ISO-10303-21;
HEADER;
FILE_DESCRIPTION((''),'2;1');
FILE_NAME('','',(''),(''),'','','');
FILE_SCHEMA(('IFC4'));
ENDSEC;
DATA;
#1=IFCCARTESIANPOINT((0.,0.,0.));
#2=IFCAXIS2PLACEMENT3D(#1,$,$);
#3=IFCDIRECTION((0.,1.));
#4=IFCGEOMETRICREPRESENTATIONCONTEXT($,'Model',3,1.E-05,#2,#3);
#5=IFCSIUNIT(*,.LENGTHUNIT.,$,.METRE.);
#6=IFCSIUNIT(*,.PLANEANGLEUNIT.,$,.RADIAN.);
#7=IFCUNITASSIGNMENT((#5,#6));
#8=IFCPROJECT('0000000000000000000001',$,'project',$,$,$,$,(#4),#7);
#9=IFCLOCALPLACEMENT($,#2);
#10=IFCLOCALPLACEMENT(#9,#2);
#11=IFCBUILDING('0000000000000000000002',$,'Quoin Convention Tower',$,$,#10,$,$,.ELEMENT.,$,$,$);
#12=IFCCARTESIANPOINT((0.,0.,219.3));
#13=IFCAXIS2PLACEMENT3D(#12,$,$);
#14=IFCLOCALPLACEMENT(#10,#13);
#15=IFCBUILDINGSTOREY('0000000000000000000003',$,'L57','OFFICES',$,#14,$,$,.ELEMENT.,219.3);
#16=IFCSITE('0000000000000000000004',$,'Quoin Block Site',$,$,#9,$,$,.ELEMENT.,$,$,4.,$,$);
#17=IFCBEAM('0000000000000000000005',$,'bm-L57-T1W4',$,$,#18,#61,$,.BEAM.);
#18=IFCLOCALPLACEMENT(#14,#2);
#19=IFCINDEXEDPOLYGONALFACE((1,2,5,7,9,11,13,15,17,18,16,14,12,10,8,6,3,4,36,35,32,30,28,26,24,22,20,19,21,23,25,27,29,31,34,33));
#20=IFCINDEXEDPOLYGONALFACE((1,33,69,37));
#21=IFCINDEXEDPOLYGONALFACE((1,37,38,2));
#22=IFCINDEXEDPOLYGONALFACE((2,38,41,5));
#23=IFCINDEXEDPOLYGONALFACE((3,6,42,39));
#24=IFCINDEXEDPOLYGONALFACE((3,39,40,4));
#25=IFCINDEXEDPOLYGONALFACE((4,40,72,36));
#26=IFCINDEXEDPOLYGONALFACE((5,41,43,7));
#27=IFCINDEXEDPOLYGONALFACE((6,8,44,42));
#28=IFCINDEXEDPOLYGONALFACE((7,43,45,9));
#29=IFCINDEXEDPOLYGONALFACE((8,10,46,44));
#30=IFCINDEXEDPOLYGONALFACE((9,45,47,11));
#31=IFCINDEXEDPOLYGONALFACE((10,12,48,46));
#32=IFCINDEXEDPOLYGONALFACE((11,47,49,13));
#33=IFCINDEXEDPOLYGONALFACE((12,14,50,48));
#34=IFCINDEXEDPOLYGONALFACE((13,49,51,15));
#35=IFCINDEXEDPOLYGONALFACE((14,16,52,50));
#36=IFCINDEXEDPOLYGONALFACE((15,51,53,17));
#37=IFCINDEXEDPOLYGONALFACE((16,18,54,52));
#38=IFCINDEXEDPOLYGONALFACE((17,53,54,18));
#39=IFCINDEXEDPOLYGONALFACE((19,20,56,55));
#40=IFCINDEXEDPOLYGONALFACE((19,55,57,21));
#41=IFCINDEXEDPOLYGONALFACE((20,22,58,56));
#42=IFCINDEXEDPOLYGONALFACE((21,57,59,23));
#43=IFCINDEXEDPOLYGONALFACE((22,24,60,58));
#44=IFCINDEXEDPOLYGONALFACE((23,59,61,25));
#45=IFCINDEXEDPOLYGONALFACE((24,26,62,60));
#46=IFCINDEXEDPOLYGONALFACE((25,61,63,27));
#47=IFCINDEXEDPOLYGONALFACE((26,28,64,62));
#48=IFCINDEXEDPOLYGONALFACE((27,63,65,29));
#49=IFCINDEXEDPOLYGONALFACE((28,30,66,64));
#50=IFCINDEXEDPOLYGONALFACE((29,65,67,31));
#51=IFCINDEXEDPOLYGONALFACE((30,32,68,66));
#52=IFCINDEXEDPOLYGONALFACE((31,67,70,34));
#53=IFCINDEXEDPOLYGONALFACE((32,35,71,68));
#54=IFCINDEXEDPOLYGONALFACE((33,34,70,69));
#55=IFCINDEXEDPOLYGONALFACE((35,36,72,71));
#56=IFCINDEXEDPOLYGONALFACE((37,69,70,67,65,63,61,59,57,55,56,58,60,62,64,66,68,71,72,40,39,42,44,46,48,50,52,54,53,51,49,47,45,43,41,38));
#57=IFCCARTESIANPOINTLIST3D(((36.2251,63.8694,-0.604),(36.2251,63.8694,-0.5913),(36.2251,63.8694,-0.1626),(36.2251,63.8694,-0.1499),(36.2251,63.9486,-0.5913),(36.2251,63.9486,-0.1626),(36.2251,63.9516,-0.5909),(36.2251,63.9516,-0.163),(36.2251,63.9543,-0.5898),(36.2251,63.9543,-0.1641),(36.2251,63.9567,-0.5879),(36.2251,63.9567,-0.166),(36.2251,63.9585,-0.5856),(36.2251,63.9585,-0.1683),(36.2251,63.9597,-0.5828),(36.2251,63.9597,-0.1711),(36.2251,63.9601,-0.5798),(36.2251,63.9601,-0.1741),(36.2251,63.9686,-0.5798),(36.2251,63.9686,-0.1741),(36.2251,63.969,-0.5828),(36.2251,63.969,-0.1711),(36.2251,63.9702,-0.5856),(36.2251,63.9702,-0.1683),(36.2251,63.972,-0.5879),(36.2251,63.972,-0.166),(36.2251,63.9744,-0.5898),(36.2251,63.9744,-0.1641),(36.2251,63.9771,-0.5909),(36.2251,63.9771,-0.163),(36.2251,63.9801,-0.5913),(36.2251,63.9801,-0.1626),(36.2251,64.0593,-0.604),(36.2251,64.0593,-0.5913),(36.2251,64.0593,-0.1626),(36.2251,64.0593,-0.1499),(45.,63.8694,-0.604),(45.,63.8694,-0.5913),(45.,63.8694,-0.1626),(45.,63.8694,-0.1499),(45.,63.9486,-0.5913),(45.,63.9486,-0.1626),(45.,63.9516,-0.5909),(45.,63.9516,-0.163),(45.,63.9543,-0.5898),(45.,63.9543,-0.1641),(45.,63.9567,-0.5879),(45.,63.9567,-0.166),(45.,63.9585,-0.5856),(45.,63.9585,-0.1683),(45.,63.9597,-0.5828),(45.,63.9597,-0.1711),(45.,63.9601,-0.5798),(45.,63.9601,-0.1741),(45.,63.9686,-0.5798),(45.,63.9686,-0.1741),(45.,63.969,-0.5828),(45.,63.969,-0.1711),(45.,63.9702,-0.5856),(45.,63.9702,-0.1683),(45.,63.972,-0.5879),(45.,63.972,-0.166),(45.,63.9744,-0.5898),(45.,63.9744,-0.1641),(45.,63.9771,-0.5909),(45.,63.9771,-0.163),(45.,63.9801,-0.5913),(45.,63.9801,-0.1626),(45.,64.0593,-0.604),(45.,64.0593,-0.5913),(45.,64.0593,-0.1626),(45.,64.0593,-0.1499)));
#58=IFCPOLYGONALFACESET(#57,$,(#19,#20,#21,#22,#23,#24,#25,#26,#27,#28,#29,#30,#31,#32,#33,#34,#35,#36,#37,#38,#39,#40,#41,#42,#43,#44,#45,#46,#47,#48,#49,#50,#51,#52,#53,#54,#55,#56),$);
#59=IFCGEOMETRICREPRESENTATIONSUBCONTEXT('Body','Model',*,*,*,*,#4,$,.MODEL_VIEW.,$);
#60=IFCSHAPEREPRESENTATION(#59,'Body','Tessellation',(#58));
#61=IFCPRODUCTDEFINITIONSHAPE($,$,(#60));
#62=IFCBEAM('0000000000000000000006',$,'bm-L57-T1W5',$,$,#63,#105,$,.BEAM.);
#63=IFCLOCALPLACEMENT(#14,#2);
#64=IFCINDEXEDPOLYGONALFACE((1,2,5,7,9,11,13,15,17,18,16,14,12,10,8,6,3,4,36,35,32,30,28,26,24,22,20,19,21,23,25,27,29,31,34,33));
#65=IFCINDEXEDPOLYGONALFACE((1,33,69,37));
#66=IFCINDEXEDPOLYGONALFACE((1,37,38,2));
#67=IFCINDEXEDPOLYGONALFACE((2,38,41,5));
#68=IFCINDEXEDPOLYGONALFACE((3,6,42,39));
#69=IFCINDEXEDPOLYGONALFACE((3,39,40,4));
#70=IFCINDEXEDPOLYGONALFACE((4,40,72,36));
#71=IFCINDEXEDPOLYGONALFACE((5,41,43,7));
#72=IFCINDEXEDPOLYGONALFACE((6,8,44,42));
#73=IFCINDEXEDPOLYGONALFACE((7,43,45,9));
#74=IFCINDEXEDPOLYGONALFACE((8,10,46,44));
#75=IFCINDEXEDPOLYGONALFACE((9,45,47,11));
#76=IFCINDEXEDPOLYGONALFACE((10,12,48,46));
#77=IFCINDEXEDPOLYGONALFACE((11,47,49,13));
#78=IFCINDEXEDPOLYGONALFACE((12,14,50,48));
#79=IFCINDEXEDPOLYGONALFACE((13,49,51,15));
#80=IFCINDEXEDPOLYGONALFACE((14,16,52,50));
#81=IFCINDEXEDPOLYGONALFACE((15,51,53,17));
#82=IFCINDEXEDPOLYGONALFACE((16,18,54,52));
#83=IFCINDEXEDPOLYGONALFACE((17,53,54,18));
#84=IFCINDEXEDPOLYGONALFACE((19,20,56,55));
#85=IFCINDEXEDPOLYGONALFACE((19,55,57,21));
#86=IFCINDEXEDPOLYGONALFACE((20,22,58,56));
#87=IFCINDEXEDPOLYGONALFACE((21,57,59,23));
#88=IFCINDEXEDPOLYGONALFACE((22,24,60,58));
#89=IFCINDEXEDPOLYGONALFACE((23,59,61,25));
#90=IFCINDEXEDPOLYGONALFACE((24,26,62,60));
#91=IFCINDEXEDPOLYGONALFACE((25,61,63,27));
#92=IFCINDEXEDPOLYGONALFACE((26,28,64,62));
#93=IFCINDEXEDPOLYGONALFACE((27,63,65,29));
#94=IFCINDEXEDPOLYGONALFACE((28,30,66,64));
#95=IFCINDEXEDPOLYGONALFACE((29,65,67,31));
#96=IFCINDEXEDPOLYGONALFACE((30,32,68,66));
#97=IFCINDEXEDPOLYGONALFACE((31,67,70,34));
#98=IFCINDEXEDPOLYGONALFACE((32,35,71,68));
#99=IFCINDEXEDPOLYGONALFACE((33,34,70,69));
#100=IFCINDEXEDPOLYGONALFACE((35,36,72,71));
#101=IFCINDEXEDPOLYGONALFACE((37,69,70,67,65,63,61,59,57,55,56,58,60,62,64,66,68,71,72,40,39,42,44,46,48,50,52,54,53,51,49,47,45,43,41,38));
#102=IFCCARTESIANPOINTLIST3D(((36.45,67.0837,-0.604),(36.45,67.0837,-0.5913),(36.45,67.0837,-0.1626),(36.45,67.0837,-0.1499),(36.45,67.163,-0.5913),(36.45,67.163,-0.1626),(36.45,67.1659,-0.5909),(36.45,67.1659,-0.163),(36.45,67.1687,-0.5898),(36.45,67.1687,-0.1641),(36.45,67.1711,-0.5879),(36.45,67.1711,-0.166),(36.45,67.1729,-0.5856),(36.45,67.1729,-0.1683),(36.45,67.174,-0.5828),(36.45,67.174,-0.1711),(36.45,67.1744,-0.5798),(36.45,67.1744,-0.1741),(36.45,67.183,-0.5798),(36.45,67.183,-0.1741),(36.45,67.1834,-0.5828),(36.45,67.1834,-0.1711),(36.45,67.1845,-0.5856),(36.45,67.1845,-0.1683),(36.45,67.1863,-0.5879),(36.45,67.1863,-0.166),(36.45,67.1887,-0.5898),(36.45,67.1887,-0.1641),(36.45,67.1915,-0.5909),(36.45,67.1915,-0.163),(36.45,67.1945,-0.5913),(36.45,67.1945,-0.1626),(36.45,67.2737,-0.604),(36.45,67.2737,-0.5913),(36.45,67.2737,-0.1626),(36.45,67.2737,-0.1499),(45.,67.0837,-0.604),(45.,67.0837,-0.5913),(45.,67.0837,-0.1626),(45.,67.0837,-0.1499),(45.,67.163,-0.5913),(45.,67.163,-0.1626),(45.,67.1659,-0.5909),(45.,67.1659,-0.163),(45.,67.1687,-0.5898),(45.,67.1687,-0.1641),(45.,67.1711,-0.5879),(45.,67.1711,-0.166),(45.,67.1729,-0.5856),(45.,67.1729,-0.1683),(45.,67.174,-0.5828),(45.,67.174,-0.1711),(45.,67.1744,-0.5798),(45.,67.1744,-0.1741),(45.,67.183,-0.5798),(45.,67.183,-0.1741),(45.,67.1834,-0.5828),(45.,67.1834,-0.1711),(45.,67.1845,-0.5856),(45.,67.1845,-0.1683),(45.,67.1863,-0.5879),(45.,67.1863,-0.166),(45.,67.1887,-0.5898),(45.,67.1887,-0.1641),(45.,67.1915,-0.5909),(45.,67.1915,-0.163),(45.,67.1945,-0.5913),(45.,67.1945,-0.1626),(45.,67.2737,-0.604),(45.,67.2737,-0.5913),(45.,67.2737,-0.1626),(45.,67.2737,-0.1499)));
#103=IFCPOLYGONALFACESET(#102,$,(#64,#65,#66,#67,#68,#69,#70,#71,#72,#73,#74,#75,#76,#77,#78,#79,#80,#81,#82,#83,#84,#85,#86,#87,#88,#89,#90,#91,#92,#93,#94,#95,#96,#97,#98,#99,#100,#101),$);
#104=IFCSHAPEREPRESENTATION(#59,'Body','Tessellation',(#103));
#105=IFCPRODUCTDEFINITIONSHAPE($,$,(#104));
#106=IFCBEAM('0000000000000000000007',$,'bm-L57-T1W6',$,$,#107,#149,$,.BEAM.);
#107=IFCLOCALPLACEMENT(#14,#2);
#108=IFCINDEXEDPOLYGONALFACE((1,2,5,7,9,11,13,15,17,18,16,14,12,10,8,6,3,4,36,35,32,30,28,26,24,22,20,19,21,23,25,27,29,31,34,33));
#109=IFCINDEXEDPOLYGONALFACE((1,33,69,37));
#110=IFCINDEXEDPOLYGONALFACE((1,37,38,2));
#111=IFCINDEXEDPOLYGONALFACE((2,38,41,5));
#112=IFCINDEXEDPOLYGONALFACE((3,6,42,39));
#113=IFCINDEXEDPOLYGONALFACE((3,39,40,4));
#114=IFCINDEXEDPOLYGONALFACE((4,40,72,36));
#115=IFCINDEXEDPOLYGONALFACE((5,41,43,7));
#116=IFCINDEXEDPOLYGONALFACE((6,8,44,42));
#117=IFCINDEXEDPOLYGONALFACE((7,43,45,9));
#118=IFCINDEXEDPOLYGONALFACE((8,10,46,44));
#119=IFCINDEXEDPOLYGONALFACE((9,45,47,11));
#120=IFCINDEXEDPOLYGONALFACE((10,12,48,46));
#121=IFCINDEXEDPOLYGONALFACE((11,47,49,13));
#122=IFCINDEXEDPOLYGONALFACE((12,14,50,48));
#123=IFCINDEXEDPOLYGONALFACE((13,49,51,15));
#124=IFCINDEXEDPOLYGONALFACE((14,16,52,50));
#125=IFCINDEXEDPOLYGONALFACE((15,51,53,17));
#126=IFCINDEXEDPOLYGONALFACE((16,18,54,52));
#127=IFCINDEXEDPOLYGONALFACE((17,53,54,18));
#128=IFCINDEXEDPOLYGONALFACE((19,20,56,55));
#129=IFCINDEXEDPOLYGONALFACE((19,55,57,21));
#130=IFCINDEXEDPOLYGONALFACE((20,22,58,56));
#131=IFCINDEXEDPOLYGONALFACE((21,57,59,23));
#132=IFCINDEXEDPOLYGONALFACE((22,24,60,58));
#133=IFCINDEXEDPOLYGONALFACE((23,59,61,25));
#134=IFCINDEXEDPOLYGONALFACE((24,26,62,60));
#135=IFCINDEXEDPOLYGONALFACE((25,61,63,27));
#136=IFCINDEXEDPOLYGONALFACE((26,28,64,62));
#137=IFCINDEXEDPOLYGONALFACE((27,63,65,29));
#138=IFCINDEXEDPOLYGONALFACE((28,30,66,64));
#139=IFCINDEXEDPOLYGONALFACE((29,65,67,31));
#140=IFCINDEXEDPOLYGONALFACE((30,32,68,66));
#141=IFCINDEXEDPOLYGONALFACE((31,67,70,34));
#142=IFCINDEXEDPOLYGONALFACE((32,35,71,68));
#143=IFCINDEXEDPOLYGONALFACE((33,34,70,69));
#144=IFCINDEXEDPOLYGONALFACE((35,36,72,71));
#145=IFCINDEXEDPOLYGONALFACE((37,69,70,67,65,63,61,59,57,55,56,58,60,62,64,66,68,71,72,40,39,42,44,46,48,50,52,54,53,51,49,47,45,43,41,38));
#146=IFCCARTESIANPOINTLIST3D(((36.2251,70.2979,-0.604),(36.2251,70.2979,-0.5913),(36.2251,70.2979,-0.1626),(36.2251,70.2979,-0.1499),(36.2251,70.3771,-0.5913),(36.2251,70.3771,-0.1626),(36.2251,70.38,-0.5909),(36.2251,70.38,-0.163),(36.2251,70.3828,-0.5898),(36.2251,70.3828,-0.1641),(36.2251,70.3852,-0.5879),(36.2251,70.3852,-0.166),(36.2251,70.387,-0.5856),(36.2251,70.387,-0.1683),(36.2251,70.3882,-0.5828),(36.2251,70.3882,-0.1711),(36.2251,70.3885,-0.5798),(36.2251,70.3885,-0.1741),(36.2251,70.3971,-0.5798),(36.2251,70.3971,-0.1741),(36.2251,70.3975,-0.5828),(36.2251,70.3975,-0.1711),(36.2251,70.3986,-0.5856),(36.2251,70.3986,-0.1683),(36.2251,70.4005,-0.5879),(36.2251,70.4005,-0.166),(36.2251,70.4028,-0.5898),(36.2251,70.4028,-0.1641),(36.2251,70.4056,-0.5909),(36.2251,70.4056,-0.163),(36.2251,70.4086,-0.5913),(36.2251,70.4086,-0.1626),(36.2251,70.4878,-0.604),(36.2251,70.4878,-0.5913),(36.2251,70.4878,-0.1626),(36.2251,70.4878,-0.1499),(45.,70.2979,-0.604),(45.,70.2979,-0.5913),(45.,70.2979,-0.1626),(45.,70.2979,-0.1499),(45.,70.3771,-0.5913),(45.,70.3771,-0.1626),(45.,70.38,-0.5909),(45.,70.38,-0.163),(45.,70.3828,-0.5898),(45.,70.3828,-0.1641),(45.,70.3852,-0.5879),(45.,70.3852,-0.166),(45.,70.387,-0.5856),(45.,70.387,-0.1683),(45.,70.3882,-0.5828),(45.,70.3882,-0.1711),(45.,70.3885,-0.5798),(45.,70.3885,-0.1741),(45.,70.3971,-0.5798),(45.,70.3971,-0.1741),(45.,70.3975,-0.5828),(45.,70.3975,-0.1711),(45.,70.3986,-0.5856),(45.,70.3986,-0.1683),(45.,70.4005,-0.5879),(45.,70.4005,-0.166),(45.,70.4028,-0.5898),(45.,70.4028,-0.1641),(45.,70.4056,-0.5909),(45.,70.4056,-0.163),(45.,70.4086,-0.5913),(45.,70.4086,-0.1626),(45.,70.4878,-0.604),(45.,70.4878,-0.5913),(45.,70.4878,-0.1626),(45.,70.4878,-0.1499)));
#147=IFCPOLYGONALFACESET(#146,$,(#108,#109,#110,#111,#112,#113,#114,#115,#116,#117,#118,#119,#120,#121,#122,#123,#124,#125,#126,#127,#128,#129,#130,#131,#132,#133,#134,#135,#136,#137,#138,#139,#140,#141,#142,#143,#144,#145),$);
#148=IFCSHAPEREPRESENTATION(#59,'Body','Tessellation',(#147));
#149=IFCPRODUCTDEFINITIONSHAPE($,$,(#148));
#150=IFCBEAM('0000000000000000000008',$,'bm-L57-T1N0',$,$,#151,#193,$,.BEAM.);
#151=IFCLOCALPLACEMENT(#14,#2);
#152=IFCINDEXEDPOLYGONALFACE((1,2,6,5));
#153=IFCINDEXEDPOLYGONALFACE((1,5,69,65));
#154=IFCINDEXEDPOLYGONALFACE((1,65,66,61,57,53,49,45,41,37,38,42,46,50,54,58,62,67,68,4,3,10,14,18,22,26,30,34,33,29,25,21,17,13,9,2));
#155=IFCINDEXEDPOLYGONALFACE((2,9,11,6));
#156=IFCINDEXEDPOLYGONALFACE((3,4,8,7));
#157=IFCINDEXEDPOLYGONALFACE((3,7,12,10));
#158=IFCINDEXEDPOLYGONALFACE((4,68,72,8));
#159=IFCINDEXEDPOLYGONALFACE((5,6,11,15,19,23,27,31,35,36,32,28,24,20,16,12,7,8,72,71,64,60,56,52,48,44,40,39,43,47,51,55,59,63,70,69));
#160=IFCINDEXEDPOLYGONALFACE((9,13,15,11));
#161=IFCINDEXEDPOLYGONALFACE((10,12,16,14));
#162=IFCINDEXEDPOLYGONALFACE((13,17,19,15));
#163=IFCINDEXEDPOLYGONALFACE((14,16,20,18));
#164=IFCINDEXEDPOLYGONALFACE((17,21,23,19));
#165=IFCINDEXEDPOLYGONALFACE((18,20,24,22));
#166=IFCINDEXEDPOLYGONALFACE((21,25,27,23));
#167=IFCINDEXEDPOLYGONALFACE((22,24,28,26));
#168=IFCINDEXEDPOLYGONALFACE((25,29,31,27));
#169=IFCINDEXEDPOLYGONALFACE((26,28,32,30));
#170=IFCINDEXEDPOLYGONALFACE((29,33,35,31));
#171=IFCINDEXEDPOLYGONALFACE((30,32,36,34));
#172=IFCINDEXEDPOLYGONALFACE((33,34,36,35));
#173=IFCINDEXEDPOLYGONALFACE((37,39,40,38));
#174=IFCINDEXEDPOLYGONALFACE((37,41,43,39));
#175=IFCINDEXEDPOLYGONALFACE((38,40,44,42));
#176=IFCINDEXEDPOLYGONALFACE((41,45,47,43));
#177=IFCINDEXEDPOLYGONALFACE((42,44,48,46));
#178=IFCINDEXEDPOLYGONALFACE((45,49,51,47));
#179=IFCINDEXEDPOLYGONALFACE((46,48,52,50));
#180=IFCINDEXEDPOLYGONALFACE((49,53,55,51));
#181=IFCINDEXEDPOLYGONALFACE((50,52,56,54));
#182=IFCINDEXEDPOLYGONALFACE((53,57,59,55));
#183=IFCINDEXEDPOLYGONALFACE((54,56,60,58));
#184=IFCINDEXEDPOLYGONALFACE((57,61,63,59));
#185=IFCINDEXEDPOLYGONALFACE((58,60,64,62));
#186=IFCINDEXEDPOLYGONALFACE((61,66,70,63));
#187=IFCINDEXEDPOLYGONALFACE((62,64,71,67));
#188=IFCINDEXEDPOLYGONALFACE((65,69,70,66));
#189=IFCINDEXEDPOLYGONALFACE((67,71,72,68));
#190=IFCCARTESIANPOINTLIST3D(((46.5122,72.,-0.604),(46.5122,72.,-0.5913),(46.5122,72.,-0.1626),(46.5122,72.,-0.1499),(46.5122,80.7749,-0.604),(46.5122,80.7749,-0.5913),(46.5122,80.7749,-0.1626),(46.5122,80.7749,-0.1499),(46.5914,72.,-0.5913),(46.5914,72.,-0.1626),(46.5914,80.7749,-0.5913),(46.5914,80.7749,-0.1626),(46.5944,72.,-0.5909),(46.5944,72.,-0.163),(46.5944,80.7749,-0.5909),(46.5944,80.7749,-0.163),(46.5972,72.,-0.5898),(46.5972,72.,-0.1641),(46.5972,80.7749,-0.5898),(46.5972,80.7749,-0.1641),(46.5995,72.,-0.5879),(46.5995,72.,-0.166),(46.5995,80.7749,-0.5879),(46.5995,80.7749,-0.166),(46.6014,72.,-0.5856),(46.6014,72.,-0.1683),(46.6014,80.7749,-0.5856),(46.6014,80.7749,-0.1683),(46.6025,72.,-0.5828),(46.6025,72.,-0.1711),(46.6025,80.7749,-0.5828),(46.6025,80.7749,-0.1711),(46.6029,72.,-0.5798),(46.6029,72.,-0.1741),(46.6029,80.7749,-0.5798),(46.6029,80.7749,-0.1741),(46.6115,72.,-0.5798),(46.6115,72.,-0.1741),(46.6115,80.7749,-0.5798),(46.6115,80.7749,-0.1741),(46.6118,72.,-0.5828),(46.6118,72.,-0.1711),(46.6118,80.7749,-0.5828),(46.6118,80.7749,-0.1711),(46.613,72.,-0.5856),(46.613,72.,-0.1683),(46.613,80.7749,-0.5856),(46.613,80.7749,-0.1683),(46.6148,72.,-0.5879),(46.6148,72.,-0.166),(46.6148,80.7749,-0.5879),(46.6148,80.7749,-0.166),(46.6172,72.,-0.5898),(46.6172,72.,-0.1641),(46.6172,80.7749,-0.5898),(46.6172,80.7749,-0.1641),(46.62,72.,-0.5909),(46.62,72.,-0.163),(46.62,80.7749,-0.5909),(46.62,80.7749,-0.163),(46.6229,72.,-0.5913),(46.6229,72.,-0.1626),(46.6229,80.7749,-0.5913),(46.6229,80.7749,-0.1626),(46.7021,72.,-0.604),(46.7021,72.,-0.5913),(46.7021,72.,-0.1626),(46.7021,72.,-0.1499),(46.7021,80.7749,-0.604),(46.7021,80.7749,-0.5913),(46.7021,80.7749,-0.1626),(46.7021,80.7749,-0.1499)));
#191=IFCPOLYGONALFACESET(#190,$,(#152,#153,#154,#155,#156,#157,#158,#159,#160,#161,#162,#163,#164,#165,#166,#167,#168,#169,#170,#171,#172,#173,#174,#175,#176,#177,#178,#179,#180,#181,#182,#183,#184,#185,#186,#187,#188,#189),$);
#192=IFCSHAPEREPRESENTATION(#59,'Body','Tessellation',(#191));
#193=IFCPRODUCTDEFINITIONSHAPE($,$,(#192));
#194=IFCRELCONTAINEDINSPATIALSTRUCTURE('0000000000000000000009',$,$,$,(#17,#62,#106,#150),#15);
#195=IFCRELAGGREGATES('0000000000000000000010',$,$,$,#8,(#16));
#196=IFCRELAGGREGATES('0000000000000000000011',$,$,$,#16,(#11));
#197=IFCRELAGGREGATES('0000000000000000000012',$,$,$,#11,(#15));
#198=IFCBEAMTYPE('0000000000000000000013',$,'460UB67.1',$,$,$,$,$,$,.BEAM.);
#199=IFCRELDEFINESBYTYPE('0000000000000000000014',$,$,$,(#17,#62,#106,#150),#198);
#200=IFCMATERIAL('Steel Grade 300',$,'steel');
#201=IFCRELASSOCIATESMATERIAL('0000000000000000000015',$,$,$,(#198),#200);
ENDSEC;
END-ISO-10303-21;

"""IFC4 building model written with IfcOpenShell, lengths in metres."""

from ifc_helpers import new_model, si_unit, direction, frame, origin, origin_2d, place, context, subcontext, project, spatial, i_section, extrude, material, material_profile, profile_set, type_object, element, save


model = new_model("IFC4")

# Units and contexts
model_context = context("Model", 3, precision=1e-05, world=origin(), true_north=direction((0.0, 1.0)))
body_context = subcontext(model_context, "Body", "Model", "MODEL_VIEW")
ifc_project = project(units=[si_unit("LENGTHUNIT", "METRE"), si_unit("PLANEANGLEUNIT", "RADIAN")], contexts=[model_context])

# Site, building, storey
site_placement = place(None, origin())
site = spatial("IfcSite", under=ifc_project, at=site_placement, Name="Quoin Block Site", CompositionType="ELEMENT", RefElevation=4.0)
building_placement = place(site_placement, origin())
building = spatial("IfcBuilding", under=site, at=building_placement, Name="Quoin Convention Tower", CompositionType="ELEMENT")
storey_placement = place(building_placement, frame((0.0, 0.0, 219.3)))
storey = spatial("IfcBuildingStorey", under=building, at=storey_placement, Name="L57", Description="OFFICES", CompositionType="ELEMENT", Elevation=219.3)

# Beams
ifc_material_1 = material(Name="Steel Grade 300", Category="steel")
ifc_material_profile = material_profile(ifc_material_1, i_section(OverallWidth=0.1899, OverallDepth=0.4541, WebThickness=0.0085, FlangeThickness=0.0127, FilletRadius=0.0115, at=origin_2d()), Name="460UB67.1")
ifc_profile_set = profile_set([ifc_material_profile], Name="Steel Grade 300")
beam_type = type_object("IfcBeamType", Name="460UB67.1", PredefinedType="BEAM", material=ifc_profile_set)
beam_1_placement = place(storey_placement, frame((36.2251, 63.9644, -0.377), z_axis=(1.0, 0.0, 0.0), x_axis=(0.0, 1.0, 0.0)))
element("IfcBeam", 1, at=beam_1_placement, inside=storey, type_object=beam_type, Name="bm-L57-T1W4", PredefinedType="BEAM", context=body_context, shape_type="SweptSolid", body=[
    extrude(i_section(OverallWidth=0.1899, OverallDepth=0.4541, WebThickness=0.0085, FlangeThickness=0.0127, FilletRadius=0.0115, at=origin_2d()), origin(), (0.0, 0.0, 1.0), 8.7749),
])
beam_2_placement = place(storey_placement, frame((36.45, 67.1787, -0.377), z_axis=(1.0, 0.0, 0.0), x_axis=(0.0, 1.0, 0.0)))
element("IfcBeam", 2, at=beam_2_placement, inside=storey, type_object=beam_type, Name="bm-L57-T1W5", PredefinedType="BEAM", context=body_context, shape_type="SweptSolid", body=[
    extrude(i_section(OverallWidth=0.1899, OverallDepth=0.4541, WebThickness=0.0085, FlangeThickness=0.0127, FilletRadius=0.0115, at=origin_2d()), origin(), (0.0, 0.0, 1.0), 8.55),
])
for number, where, z_axis, x_axis, name in (
    (3, (36.2251, 70.3928, -0.377), (1.0, 0.0, 0.0), (0.0, 1.0, 0.0), "bm-L57-T1W6"),
    (4, (46.6072, 72.0, -0.377), (0.0, 1.0, 0.0), (-1.0, 0.0, 0.0), "bm-L57-T1N0"),
):
    element("IfcBeam", number, at=place(storey_placement, frame(where, z_axis=z_axis, x_axis=x_axis)), inside=storey, type_object=beam_type, Name=name, PredefinedType="BEAM", context=body_context, shape_type="SweptSolid", body=[
        extrude(i_section(OverallWidth=0.1899, OverallDepth=0.4541, WebThickness=0.0085, FlangeThickness=0.0127, FilletRadius=0.0115, at=origin_2d()), origin(), (0.0, 0.0, 1.0), 8.7749),
    ])

save(model, "model.ifc")
